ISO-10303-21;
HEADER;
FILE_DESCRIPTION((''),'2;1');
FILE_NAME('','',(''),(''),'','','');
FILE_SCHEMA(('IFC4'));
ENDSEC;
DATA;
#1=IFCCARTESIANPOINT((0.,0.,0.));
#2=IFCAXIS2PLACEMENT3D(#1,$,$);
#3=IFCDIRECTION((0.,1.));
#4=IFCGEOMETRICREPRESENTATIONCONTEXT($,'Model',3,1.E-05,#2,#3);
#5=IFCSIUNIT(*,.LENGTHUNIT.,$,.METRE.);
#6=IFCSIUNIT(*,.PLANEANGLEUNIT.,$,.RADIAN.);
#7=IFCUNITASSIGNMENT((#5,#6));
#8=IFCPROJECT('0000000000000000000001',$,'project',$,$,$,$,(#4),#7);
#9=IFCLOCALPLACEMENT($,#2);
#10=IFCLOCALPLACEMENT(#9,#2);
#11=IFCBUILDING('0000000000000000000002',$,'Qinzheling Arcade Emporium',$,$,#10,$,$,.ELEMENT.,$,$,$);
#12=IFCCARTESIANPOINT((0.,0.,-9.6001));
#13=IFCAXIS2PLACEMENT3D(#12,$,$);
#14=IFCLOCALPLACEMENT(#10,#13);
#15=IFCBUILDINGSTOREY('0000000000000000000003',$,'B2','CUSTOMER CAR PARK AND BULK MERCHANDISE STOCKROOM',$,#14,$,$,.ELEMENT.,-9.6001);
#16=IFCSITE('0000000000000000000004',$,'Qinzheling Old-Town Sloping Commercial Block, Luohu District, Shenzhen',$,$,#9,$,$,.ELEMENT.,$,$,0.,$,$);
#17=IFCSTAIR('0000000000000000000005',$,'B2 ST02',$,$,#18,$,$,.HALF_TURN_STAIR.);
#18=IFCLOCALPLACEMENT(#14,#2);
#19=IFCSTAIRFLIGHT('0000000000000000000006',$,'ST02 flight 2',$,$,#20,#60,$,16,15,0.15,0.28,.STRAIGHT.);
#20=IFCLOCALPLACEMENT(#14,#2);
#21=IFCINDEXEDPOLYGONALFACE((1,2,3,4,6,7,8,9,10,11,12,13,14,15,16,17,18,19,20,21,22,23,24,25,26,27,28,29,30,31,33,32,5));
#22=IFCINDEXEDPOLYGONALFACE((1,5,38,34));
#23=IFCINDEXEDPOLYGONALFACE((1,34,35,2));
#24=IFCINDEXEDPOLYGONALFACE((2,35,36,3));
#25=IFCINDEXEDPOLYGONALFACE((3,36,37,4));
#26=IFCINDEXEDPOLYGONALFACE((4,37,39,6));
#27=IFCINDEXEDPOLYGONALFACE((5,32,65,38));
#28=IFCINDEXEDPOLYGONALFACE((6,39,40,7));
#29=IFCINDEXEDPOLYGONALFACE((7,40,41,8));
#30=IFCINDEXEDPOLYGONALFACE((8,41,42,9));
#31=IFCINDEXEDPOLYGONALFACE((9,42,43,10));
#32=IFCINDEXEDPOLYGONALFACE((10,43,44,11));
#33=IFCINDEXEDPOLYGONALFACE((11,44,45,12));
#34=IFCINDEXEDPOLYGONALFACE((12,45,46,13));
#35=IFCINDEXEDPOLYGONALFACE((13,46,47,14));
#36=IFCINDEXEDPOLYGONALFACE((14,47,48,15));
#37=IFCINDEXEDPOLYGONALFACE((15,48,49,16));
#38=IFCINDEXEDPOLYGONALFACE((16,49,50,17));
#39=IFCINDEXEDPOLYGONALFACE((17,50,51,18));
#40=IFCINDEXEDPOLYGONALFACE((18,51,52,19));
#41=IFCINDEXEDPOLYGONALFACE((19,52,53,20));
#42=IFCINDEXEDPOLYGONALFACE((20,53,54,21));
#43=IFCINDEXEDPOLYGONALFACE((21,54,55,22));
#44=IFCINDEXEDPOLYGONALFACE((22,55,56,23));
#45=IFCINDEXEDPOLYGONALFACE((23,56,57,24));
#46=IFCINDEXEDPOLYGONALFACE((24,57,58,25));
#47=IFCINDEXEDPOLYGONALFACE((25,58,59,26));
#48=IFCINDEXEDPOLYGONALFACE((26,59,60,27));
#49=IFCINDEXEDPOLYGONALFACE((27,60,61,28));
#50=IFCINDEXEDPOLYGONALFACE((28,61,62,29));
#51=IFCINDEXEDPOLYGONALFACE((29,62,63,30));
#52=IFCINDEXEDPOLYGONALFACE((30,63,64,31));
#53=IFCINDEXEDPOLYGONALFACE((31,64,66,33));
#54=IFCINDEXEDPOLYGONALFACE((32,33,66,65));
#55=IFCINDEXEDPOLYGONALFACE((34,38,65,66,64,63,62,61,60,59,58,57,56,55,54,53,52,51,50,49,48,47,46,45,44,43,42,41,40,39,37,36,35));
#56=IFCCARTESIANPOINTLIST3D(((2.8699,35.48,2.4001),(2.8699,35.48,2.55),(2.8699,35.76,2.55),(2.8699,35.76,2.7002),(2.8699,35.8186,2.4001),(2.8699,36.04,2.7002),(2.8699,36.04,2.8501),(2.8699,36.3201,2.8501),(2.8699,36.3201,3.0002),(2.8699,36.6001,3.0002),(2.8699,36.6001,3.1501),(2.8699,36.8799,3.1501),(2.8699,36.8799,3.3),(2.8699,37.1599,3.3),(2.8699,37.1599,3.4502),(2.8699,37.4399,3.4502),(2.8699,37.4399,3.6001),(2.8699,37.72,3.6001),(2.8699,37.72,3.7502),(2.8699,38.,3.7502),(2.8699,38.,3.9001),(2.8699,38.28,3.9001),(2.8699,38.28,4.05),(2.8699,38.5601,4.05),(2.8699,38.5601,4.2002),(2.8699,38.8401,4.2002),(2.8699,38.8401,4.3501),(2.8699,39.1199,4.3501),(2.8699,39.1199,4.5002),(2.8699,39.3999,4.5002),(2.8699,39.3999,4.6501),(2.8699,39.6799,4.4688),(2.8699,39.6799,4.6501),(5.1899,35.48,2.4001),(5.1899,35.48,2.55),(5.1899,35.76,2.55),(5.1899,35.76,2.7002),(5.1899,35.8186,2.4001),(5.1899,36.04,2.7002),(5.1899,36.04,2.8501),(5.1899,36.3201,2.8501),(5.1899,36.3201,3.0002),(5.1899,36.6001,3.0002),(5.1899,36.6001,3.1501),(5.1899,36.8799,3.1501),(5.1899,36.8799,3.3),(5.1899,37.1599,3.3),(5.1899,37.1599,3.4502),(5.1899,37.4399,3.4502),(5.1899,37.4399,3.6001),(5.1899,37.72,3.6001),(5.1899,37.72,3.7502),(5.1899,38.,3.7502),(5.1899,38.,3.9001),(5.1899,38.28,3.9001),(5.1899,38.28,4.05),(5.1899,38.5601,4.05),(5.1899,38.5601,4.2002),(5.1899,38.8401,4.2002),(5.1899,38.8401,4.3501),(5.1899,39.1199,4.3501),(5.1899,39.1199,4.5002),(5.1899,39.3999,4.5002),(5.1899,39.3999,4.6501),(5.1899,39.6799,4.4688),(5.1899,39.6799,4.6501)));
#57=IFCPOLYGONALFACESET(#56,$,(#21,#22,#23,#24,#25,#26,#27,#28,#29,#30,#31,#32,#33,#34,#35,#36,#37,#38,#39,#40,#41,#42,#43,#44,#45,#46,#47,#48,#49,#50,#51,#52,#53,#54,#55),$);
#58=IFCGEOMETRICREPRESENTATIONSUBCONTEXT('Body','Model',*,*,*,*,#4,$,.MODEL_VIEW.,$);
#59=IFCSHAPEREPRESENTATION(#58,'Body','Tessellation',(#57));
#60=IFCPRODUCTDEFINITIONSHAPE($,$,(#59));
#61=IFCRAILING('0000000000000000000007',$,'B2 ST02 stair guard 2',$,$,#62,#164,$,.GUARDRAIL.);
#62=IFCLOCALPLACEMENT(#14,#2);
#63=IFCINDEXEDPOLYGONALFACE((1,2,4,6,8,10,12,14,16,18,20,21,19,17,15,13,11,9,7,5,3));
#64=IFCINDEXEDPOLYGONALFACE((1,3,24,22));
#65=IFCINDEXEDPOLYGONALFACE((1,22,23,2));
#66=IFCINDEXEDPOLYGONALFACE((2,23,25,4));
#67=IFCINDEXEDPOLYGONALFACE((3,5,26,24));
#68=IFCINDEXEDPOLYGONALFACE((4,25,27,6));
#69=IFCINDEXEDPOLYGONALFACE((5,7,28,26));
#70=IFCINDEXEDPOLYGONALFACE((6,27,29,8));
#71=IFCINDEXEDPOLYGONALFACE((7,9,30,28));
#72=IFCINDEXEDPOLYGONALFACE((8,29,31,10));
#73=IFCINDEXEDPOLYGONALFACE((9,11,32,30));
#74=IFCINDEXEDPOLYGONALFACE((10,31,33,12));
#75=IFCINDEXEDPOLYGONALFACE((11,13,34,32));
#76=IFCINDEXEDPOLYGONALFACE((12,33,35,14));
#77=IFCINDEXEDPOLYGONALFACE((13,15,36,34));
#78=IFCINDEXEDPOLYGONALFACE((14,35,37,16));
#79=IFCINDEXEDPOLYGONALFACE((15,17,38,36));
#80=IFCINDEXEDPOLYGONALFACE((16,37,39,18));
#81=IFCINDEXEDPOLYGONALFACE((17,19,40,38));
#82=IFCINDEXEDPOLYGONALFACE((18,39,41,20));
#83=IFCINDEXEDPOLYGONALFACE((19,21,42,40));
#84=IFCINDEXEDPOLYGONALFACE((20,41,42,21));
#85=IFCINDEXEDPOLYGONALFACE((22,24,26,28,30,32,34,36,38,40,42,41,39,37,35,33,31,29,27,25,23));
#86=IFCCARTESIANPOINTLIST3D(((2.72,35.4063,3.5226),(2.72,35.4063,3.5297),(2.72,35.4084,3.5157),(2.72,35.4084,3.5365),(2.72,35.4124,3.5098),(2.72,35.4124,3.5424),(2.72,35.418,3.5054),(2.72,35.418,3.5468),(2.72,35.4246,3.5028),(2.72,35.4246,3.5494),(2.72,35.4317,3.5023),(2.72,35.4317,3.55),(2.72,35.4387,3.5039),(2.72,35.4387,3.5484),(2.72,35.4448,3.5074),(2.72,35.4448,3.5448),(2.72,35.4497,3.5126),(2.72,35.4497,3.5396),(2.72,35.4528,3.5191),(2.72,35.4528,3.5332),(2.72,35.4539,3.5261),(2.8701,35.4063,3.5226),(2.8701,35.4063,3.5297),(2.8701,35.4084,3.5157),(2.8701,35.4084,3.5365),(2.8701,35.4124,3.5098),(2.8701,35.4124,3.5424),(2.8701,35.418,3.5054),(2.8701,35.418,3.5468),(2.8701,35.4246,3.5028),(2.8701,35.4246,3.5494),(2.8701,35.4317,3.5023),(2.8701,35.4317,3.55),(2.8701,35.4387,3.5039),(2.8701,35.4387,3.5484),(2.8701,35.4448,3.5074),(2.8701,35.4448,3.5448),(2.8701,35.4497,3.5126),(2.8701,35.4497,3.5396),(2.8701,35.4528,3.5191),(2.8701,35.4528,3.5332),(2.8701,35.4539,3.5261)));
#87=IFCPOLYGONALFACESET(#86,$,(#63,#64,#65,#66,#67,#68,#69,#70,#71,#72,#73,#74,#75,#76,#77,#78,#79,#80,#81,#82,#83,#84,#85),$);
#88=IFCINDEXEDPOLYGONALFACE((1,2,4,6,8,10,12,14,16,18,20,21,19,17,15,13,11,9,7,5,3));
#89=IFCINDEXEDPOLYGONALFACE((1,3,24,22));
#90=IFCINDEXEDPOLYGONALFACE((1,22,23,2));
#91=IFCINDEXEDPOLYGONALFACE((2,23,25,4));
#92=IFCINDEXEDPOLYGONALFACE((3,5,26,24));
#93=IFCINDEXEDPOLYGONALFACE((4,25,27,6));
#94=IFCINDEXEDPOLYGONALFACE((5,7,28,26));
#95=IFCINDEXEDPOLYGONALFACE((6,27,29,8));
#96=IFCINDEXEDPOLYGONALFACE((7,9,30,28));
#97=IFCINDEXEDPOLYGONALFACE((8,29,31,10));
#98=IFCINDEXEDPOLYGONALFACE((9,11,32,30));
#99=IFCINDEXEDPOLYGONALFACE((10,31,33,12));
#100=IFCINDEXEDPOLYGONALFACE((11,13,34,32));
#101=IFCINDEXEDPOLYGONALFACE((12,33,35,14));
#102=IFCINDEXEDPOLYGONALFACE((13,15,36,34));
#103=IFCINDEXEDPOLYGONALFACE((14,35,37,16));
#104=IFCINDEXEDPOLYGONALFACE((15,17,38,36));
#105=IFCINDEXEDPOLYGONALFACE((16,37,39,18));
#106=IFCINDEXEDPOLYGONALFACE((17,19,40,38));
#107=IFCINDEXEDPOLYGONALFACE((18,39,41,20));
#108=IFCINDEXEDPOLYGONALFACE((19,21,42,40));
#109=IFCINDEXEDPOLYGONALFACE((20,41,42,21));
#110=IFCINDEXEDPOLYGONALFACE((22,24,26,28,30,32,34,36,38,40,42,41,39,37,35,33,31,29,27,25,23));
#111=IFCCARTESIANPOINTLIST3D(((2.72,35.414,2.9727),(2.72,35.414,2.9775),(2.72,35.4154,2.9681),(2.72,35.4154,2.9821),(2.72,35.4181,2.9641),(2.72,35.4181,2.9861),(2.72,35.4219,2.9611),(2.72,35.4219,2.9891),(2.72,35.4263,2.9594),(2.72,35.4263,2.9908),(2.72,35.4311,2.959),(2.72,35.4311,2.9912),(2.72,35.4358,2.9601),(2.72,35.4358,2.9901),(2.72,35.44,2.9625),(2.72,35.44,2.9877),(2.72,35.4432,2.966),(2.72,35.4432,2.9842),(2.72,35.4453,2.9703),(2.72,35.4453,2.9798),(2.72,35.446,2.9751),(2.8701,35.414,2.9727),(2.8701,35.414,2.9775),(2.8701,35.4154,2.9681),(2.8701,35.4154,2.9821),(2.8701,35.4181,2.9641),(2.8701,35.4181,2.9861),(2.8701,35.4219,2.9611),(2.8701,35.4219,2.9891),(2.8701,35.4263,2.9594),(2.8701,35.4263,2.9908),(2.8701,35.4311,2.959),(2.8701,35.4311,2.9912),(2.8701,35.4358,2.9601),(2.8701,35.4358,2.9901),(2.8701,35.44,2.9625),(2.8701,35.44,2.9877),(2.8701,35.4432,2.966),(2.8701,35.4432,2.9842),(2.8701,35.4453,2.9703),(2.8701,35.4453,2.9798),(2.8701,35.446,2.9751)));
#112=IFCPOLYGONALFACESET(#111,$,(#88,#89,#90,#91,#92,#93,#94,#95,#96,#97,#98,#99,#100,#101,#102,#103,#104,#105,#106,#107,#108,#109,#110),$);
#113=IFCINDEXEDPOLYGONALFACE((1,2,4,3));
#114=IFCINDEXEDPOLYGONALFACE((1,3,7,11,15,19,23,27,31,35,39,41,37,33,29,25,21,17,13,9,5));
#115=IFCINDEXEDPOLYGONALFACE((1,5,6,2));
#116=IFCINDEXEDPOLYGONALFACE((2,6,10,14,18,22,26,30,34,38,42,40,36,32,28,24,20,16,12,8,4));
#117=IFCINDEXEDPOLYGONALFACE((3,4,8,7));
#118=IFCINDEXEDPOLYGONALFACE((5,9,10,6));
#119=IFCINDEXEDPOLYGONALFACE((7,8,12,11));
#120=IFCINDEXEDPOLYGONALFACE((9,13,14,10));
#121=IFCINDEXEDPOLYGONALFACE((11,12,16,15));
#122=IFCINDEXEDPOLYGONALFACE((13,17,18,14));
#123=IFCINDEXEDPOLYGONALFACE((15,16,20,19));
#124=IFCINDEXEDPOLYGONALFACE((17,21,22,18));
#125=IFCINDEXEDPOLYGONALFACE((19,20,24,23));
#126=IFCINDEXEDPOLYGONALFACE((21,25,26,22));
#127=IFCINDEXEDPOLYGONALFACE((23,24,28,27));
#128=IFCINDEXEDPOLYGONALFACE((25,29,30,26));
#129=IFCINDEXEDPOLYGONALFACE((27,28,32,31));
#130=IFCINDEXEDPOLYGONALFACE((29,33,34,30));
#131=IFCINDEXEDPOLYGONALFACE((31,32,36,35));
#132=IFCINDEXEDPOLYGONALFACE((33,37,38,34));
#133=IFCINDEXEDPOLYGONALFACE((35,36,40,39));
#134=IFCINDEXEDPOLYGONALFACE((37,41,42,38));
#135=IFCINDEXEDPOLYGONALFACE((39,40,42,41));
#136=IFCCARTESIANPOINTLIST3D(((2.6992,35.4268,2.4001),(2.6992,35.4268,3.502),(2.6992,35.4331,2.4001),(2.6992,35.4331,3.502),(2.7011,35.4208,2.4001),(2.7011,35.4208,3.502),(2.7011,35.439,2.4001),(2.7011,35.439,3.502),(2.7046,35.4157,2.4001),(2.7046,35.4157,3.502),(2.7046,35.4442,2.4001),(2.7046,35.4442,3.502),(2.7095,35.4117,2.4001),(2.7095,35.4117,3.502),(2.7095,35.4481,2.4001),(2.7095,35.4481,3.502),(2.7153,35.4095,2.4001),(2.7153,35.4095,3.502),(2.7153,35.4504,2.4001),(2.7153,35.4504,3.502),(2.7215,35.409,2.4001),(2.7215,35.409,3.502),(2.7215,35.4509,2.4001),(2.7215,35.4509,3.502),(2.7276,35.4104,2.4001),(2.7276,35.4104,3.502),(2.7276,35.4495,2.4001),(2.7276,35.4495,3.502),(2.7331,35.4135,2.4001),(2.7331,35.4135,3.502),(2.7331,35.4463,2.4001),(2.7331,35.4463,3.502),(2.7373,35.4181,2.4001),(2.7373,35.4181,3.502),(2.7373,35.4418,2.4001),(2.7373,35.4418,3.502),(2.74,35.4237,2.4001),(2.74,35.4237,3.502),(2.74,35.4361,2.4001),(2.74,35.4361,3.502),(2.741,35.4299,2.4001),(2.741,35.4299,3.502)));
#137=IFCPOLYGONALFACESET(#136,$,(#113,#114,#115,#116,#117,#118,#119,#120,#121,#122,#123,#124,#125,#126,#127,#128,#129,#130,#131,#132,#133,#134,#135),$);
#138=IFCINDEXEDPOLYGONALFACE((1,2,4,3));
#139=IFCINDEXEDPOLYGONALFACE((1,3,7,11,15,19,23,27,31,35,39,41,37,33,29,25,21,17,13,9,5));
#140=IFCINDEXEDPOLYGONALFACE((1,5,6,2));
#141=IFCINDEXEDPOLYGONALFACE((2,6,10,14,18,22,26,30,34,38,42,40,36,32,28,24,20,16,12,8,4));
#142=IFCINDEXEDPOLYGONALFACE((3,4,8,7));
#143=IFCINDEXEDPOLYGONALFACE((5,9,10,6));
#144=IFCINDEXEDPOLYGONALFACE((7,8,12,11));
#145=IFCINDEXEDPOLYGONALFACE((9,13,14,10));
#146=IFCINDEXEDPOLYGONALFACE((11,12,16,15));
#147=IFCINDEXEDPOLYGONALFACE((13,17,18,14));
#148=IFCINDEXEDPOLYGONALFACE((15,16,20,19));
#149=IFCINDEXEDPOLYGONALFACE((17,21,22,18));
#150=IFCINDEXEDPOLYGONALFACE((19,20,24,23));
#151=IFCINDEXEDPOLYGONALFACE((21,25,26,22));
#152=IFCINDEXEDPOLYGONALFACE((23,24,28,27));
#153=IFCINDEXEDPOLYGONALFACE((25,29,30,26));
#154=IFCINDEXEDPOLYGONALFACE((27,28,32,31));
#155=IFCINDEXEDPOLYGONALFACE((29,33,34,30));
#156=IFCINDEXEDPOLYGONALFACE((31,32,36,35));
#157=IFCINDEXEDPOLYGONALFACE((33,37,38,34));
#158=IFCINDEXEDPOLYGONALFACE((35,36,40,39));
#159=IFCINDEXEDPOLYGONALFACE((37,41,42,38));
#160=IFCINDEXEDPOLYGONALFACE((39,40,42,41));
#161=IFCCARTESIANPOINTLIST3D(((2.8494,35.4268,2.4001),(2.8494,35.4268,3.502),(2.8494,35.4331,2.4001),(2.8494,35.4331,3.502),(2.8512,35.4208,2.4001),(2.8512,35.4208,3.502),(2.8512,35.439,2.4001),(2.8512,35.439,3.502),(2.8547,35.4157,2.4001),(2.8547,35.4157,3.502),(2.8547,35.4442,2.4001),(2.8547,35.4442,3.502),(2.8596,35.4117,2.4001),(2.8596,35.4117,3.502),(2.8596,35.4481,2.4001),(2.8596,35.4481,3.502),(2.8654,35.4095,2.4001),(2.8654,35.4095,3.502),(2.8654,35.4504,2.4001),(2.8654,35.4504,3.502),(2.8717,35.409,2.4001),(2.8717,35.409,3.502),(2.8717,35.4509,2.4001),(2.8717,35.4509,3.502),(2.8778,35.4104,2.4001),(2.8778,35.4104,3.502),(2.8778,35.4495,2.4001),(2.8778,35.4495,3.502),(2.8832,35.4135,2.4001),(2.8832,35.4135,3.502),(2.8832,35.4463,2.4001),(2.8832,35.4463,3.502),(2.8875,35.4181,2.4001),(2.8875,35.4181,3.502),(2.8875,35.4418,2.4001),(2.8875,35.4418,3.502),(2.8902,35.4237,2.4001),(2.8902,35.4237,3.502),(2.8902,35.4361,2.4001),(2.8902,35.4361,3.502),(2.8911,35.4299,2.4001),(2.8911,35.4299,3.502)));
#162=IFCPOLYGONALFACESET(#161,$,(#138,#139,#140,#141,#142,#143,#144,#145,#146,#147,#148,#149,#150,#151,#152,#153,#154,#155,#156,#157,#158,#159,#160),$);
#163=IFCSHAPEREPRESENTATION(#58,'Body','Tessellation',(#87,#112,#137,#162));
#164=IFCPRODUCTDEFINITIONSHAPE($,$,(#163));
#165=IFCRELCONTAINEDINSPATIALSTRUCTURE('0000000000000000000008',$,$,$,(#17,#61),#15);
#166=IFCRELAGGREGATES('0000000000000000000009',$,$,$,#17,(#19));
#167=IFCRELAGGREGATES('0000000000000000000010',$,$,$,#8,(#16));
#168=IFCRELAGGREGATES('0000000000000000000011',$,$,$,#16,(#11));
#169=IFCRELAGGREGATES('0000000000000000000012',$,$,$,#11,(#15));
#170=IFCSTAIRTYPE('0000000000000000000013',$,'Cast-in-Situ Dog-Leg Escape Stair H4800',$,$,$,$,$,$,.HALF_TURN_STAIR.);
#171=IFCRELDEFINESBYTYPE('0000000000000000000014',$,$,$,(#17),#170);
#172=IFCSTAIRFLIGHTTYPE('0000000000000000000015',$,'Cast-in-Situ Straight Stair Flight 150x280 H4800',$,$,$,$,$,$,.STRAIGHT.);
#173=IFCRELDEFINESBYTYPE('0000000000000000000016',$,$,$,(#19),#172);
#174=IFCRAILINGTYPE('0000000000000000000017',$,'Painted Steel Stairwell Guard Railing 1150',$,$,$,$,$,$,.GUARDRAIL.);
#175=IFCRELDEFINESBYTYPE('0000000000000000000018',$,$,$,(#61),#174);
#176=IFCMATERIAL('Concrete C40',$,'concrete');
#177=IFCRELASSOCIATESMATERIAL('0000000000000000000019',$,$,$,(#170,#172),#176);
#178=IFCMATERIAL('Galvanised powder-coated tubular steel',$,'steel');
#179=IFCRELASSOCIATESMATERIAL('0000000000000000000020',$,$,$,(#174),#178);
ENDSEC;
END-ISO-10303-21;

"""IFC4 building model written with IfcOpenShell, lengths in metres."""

from ifc_helpers import new_model, si_unit, direction, frame, origin, origin_2d, place, context, subcontext, project, spatial, polyline, circle, outline, extrude, material, type_object, element, aggregate, save


model = new_model("IFC4")

# Units and contexts
model_context = context("Model", 3, precision=1e-05, world=origin(), true_north=direction((0.0, 1.0)))
body_context = subcontext(model_context, "Body", "Model", "MODEL_VIEW")
ifc_project = project(units=[si_unit("LENGTHUNIT", "METRE"), si_unit("PLANEANGLEUNIT", "RADIAN")], contexts=[model_context])

# Site, building, storey
site_placement = place(None, origin())
site = spatial("IfcSite", under=ifc_project, at=site_placement, Name="Qinzheling Old-Town Sloping Commercial Block, Luohu District, Shenzhen", CompositionType="ELEMENT", RefElevation=0.0)
building_placement = place(site_placement, origin())
building = spatial("IfcBuilding", under=site, at=building_placement, Name="Qinzheling Arcade Emporium", CompositionType="ELEMENT")
storey_placement = place(building_placement, frame((0.0, 0.0, -9.6001)))
storey = spatial("IfcBuildingStorey", under=building, at=storey_placement, Name="B2", Description="CUSTOMER CAR PARK AND BULK MERCHANDISE STOCKROOM", CompositionType="ELEMENT", Elevation=-9.6001)

# Shared definitions
ifc_material_1 = material(Name="Concrete C40", Category="concrete")

# Stair, stair flight
stair_type = type_object("IfcStairType", Name="Cast-in-Situ Dog-Leg Escape Stair H4800", PredefinedType="HALF_TURN_STAIR", material=ifc_material_1)
stair_placement = place(storey_placement, origin())
stair = element("IfcStair", 1, at=stair_placement, inside=storey, type_object=stair_type, Name="B2 ST02", PredefinedType="HALF_TURN_STAIR")
stair_flight_type = type_object("IfcStairFlightType", Name="Cast-in-Situ Straight Stair Flight 150x280 H4800", PredefinedType="STRAIGHT", material=ifc_material_1)
stair_flight_placement = place(storey_placement, frame((4.03, 35.48, 2.4001), z_axis=(0.0, 0.0, 1.0), x_axis=(0.0, 1.0, 0.0)))
stair_flight = element("IfcStairFlight", 2, at=stair_flight_placement, type_object=stair_flight_type, Name="ST02 flight 2", NumberOfRisers=16, NumberOfTreads=15, PredefinedType="STRAIGHT", RiserHeight=0.15, TreadLength=0.28, context=body_context, shape_type="SweptSolid", body=[
    extrude(outline(polyline([(0.0, 0.0), (0.0, 0.1499), (0.28, 0.1499), (0.28, 0.3), (0.5601, 0.3), (0.5601, 0.45), (0.8401, 0.45), (0.8401, 0.6001), (1.1201, 0.6001), (1.1201, 0.75), (1.3999, 0.75), (1.3999, 0.8999), (1.6799, 0.8999), (1.6799, 1.05), (1.96, 1.05), (1.96, 1.2), (2.24, 1.2), (2.24, 1.3501), (2.52, 1.3501), (2.52, 1.5), (2.8, 1.5), (2.8, 1.6499), (3.0801, 1.6499), (3.0801, 1.8), (3.3601, 1.8), (3.3601, 1.95), (3.6399, 1.95), (3.6399, 2.1001), (3.9199, 2.1001), (3.9199, 2.25), (4.2, 2.25), (4.2, 2.3999), (4.2, 2.0686), (0.3386, 0.0), (0.0, 0.0)])), frame((0.0, 1.1602, 0.0), z_axis=(0.0, -1.0, 0.0), x_axis=(1.0, 0.0, 0.0)), (0.0, 0.0, 1.0), 2.3201),
])
aggregate(stair, [stair_flight])

# Railing
ifc_material_2 = material(Name="Galvanised powder-coated tubular steel", Category="steel")
railing_type_1 = type_object("IfcRailingType", Name="Painted Steel Stairwell Guard Railing 1150", PredefinedType="GUARDRAIL", material=ifc_material_2)
railing_1_placement = place(storey_placement, frame((2.72, 35.4299, 2.4001)))
element("IfcRailing", 3, at=railing_1_placement, inside=storey, type_object=railing_type_1, Name="B2 ST02 stair guard 2", PredefinedType="GUARDRAIL", context=body_context, shape_type="SweptSolid", body=[
    extrude(circle(Radius=0.0239, at=origin_2d()), frame((0.0, 0.0, 1.126), z_axis=(1.0, 0.0, 0.0), x_axis=(0.0, 1.0, 0.0)), (0.0, 0.0, 1.0), 0.1501),
    extrude(circle(Radius=0.0161, at=origin_2d()), frame((0.0, 0.0, 0.575), z_axis=(1.0, 0.0, 0.0), x_axis=(0.0, 1.0, 0.0)), (0.0, 0.0, 1.0), 0.1501),
    extrude(circle(Radius=0.021, at=origin_2d()), origin(), (0.0, 0.0, 1.0), 1.1018),
    extrude(circle(Radius=0.021, at=origin_2d()), frame((0.1501, 0.0, 0.0)), (0.0, 0.0, 1.0), 1.1018),
])

save(model, "model.ifc")
